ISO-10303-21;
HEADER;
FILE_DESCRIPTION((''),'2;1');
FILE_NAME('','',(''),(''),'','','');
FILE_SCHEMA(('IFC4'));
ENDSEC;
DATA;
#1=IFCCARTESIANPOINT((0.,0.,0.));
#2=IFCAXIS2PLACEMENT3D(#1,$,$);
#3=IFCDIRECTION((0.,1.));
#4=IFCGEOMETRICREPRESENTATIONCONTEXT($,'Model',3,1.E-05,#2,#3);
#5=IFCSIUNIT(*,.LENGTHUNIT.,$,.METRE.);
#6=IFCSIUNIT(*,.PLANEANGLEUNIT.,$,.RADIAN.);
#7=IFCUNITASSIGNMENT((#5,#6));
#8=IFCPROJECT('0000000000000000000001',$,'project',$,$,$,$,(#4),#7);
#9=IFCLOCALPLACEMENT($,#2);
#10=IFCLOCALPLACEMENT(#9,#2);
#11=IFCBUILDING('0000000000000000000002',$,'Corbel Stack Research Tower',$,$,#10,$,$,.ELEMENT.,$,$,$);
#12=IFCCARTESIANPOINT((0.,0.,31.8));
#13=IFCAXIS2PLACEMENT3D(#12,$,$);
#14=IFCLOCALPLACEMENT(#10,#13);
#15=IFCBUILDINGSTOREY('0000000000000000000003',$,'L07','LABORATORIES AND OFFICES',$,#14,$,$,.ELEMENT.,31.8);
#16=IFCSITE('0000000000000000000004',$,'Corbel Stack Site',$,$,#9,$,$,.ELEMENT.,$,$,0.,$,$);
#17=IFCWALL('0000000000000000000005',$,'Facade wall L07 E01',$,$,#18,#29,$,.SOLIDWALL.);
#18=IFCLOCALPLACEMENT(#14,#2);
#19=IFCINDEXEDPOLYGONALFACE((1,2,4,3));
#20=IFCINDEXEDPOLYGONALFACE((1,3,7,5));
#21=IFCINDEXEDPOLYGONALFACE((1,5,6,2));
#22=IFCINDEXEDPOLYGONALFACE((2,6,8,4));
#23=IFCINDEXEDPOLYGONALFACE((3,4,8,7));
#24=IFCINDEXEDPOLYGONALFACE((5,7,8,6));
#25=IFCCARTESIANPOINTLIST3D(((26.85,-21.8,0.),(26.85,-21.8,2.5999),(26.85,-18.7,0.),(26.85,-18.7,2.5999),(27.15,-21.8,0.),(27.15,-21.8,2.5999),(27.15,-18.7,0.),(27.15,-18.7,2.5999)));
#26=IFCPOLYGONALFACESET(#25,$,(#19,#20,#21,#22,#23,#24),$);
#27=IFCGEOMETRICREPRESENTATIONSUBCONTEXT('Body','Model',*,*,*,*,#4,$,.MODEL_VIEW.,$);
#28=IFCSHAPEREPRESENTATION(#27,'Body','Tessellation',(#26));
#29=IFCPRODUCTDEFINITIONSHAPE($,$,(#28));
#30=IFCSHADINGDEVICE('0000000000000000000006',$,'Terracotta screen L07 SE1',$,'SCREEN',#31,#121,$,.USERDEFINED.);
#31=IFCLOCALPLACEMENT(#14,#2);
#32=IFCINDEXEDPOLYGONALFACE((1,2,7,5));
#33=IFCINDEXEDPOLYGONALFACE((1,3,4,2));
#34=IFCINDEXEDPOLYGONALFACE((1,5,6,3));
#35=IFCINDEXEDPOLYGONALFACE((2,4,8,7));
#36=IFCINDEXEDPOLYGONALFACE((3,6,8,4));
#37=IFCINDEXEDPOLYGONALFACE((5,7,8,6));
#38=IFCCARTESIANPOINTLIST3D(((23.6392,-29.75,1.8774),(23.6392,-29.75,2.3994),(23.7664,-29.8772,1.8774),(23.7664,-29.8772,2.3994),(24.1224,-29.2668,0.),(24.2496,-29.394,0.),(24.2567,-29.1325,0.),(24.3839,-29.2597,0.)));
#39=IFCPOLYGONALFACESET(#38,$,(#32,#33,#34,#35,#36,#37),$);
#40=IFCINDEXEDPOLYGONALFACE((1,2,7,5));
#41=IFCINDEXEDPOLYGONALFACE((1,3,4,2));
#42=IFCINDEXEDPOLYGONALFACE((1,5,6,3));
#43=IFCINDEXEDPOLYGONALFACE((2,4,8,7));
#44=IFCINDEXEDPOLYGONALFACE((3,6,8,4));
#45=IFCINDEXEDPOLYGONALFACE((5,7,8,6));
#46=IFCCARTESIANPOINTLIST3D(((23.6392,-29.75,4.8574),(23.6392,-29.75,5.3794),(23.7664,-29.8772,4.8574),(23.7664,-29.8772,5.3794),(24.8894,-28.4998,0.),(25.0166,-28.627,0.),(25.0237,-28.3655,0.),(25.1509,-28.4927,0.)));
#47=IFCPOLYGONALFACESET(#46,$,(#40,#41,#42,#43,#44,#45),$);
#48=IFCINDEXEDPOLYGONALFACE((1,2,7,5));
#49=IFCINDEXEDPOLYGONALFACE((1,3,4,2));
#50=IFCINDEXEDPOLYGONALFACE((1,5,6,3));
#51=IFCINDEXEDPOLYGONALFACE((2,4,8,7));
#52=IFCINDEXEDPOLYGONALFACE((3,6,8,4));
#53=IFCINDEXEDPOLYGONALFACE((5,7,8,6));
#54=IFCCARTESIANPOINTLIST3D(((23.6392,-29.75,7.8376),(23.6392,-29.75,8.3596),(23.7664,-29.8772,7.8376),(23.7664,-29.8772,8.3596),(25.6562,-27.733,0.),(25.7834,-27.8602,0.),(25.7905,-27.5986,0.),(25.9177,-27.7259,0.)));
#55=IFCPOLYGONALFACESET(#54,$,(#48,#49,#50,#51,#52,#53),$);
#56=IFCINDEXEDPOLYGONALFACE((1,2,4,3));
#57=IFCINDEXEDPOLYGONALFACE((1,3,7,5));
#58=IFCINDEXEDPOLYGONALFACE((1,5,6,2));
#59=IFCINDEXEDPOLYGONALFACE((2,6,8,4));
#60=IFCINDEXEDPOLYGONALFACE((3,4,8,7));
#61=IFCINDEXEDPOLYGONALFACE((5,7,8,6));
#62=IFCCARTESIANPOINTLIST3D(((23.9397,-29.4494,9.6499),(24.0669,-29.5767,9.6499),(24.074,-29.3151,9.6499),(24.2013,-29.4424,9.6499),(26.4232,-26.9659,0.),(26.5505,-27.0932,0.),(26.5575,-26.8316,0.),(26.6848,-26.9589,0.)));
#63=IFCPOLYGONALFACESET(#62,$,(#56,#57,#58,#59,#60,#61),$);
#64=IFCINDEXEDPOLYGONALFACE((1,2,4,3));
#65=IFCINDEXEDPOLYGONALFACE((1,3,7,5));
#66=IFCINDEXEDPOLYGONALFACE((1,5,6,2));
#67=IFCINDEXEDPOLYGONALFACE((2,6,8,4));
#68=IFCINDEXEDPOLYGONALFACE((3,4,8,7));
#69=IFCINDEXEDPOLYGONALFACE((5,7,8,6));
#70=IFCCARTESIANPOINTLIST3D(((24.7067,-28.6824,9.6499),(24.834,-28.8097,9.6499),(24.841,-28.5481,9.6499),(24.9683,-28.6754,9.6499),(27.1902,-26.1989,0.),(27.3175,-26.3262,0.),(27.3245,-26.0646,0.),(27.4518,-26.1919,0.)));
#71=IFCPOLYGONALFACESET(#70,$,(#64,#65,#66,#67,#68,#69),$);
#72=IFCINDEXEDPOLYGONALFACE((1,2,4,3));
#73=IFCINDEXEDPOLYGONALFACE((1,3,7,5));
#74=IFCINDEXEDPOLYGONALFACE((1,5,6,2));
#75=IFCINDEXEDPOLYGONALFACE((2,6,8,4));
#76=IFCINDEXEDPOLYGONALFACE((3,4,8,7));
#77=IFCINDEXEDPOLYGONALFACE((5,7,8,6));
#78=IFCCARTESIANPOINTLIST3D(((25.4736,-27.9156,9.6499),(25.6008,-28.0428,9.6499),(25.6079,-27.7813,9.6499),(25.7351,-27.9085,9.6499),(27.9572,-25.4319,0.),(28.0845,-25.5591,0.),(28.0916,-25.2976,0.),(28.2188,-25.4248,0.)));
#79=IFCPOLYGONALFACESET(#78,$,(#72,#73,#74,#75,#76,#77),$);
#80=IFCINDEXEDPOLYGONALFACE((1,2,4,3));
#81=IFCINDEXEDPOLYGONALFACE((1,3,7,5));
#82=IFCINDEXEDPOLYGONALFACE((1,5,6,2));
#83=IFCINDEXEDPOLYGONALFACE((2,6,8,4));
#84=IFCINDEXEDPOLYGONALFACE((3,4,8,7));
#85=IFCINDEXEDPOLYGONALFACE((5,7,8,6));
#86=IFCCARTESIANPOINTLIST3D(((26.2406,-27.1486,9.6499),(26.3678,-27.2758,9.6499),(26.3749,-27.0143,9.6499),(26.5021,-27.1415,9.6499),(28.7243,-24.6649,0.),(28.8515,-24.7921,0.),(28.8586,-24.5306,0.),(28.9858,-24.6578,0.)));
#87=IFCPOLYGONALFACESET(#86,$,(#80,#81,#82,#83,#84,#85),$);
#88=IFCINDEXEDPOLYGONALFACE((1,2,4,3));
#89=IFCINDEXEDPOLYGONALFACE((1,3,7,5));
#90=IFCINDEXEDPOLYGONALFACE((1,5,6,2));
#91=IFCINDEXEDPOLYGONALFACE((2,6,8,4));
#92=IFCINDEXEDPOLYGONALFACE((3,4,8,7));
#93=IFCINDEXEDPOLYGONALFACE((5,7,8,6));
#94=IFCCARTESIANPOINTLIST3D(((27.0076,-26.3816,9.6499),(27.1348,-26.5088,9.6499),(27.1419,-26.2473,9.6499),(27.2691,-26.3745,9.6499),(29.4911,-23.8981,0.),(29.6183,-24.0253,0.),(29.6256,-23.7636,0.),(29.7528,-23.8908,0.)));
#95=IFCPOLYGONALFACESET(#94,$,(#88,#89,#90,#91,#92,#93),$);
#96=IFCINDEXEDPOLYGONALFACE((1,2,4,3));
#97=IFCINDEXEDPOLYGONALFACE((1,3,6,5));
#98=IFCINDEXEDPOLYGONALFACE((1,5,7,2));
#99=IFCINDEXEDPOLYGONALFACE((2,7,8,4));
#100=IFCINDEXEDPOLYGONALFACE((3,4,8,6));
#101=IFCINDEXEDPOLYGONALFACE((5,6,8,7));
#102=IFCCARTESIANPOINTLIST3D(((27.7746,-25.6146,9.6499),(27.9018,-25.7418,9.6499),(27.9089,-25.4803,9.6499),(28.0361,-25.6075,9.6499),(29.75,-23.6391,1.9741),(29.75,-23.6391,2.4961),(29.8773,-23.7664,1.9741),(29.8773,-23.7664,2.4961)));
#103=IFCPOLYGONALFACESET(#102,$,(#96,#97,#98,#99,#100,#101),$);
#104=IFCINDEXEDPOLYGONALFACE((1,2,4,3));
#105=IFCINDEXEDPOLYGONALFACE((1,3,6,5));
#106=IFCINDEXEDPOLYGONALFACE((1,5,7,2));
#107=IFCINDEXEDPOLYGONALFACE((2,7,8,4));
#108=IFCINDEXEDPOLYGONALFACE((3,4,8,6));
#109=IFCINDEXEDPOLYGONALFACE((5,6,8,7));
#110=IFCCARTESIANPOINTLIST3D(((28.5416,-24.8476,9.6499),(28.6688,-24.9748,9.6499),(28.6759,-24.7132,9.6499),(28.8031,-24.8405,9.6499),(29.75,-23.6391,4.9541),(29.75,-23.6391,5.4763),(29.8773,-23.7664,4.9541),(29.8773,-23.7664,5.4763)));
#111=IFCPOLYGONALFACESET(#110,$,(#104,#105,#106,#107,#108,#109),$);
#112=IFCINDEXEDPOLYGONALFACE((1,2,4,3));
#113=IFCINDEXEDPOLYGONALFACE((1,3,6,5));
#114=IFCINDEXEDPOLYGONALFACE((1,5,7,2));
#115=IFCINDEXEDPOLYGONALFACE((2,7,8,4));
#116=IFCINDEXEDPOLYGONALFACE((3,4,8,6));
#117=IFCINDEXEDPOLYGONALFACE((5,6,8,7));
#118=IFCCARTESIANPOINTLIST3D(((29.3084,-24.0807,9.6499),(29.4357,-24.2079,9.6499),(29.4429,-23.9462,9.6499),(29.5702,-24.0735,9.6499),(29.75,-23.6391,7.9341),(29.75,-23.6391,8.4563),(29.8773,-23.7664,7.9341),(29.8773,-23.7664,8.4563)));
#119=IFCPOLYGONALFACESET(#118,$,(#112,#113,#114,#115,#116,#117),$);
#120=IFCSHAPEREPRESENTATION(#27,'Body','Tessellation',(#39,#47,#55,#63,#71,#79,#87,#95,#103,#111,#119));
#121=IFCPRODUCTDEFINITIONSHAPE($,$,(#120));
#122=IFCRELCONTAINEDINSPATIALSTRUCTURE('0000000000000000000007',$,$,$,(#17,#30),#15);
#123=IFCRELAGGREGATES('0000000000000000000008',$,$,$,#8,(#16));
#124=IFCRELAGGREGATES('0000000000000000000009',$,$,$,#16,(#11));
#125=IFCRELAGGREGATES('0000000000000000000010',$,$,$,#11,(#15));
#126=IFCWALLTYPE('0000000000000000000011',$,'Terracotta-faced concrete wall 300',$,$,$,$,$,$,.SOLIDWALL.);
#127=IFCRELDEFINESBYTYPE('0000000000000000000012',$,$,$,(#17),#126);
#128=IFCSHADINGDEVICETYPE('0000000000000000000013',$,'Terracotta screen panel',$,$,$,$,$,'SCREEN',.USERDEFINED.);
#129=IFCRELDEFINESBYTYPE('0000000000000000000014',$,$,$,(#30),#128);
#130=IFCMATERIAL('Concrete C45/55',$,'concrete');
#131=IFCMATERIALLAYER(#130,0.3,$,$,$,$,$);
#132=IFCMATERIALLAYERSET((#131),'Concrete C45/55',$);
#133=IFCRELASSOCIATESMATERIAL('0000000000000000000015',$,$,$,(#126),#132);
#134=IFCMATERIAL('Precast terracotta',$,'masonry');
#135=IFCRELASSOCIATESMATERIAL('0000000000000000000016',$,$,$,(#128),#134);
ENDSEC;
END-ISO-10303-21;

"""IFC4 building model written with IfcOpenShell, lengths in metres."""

from ifc_helpers import new_model, si_unit, direction, frame, frame_2d, origin, place, context, subcontext, project, spatial, polyline, rectangle, outline, extrude, source, transform, mapped, material, layer, layer_set, type_object, element, save


model = new_model("IFC4")

# Units and contexts
model_context = context("Model", 3, precision=1e-05, world=origin(), true_north=direction((0.0, 1.0)))
body_context = subcontext(model_context, "Body", "Model", "MODEL_VIEW")
ifc_project = project(units=[si_unit("LENGTHUNIT", "METRE"), si_unit("PLANEANGLEUNIT", "RADIAN")], contexts=[model_context])

# Site, building, storey
site_placement = place(None, origin())
site = spatial("IfcSite", under=ifc_project, at=site_placement, Name="Corbel Stack Site", CompositionType="ELEMENT", RefElevation=0.0)
building_placement = place(site_placement, origin())
building = spatial("IfcBuilding", under=site, at=building_placement, Name="Corbel Stack Research Tower", CompositionType="ELEMENT")
storey_placement = place(building_placement, frame((0.0, 0.0, 31.8)))
storey = spatial("IfcBuildingStorey", under=building, at=storey_placement, Name="L07", Description="LABORATORIES AND OFFICES", CompositionType="ELEMENT", Elevation=31.8)

# Shared definitions
ifc_material_1 = material(Name="Concrete C45/55", Category="concrete")
ifc_layer_1 = layer(ifc_material_1, 0.3)
ifc_layer_set_1 = layer_set([ifc_layer_1], Name="Concrete C45/55")
wall_type_1 = type_object("IfcWallType", Name="Terracotta-faced concrete wall 300", PredefinedType="SOLIDWALL", material=ifc_layer_set_1)

# Wall
wall_1_placement = place(storey_placement, frame((27.0, -18.7, 0.0), z_axis=(0.0, 0.0, 1.0), x_axis=(0.0, -1.0, 0.0)))
element("IfcWall", 1, at=wall_1_placement, inside=storey, type_object=wall_type_1, Name="Facade wall L07 E01", PredefinedType="SOLIDWALL", context=body_context, shape_type="SweptSolid", body=[
    extrude(rectangle(XDim=3.1001, YDim=0.3, at=frame_2d((1.55, 0.0))), origin(), (0.0, 0.0, 1.0), 2.5999),
])

# Shading device
ifc_material_2 = material(Name="Precast terracotta", Category="masonry")
shading_device_type = type_object("IfcShadingDeviceType", Name="Terracotta screen panel", ElementType="SCREEN", PredefinedType="USERDEFINED", material=ifc_material_2)
shared_shape_1 = source(origin(), body_context, "Body", "SweptSolid", [
    extrude(outline(polyline([(0.8733, 0.0), (0.0, 2.3994), (0.0, 1.8774), (0.6833, 0.0), (0.8733, 0.0)])), frame((0.0, 0.0, 0.0), z_axis=(0.0, -1.0, 0.0), x_axis=(1.0, 0.0, 0.0)), (0.0, 0.0, 1.0), 0.1799),
    extrude(outline(polyline([(1.958, 0.0), (0.0, 5.3794), (0.0, 4.8574), (1.7681, 0.0), (1.958, 0.0)])), frame((0.0, 0.0, 0.0), z_axis=(0.0, -1.0, 0.0), x_axis=(1.0, 0.0, 0.0)), (0.0, 0.0, 1.0), 0.1799),
    extrude(outline(polyline([(3.0425, 0.0), (0.0, 8.3596), (0.0, 7.8376), (2.8525, 0.0), (3.0425, 0.0)])), frame((0.0, 0.0, 0.0), z_axis=(0.0, -1.0, 0.0), x_axis=(1.0, 0.0, 0.0)), (0.0, 0.0, 1.0), 0.1799),
    extrude(outline(polyline([(4.1272, 0.0), (0.615, 9.6499), (0.425, 9.6499), (3.9373, 0.0), (4.1272, 0.0)])), frame((0.0, 0.0, 0.0), z_axis=(0.0, -1.0, 0.0), x_axis=(1.0, 0.0, 0.0)), (0.0, 0.0, 1.0), 0.1799),
    extrude(outline(polyline([(5.2119, 0.0), (1.6997, 9.6499), (1.5098, 9.6499), (5.022, 0.0), (5.2119, 0.0)])), frame((0.0, 0.0, 0.0), z_axis=(0.0, -1.0, 0.0), x_axis=(1.0, 0.0, 0.0)), (0.0, 0.0, 1.0), 0.1799),
    extrude(outline(polyline([(6.2966, 0.0), (2.7842, 9.6499), (2.5942, 9.6499), (6.1067, 0.0), (6.2966, 0.0)])), frame((0.0, 0.0, 0.0), z_axis=(0.0, -1.0, 0.0), x_axis=(1.0, 0.0, 0.0)), (0.0, 0.0, 1.0), 0.1799),
    extrude(outline(polyline([(7.3813, 0.0), (3.8689, 9.6499), (3.679, 9.6499), (7.1914, 0.0), (7.3813, 0.0)])), frame((0.0, 0.0, 0.0), z_axis=(0.0, -1.0, 0.0), x_axis=(1.0, 0.0, 0.0)), (0.0, 0.0, 1.0), 0.1799),
    extrude(outline(polyline([(8.4661, 0.0), (4.9536, 9.6499), (4.7637, 9.6499), (8.2759, 0.0), (8.4661, 0.0)])), frame((0.0, 0.0, 0.0), z_axis=(0.0, -1.0, 0.0), x_axis=(1.0, 0.0, 0.0)), (0.0, 0.0, 1.0), 0.1799),
    extrude(outline(polyline([(6.0383, 9.6499), (5.8484, 9.6499), (8.6421, 1.9741), (8.6421, 2.4961), (6.0383, 9.6499)])), frame((0.0, 0.0, 0.0), z_axis=(0.0, -1.0, 0.0), x_axis=(1.0, 0.0, 0.0)), (0.0, 0.0, 1.0), 0.1799),
    extrude(outline(polyline([(7.123, 9.6499), (6.9331, 9.6499), (8.6421, 4.9541), (8.6421, 5.4763), (7.123, 9.6499)])), frame((0.0, 0.0, 0.0), z_axis=(0.0, -1.0, 0.0), x_axis=(1.0, 0.0, 0.0)), (0.0, 0.0, 1.0), 0.1799),
    extrude(outline(polyline([(8.2078, 9.6499), (8.0176, 9.6499), (8.6421, 7.9341), (8.6421, 8.4563), (8.2078, 9.6499)])), frame((0.0, 0.0, 0.0), z_axis=(0.0, -1.0, 0.0), x_axis=(1.0, 0.0, 0.0)), (0.0, 0.0, 1.0), 0.1799),
])
shading_device_1_placement = place(storey_placement, frame((23.6392, -29.75, 0.0), z_axis=(0.0, 0.0, 1.0), x_axis=(0.707107, 0.707107, 0.0)))
element("IfcShadingDevice", 2, at=shading_device_1_placement, inside=storey, type_object=shading_device_type, Name="Terracotta screen L07 SE1", ObjectType="SCREEN", PredefinedType="USERDEFINED", context=body_context, shape_type="MappedRepresentation", body=[
    mapped(shared_shape_1, transform((0.0, 0.0, 0.0))),
])

save(model, "model.ifc")
